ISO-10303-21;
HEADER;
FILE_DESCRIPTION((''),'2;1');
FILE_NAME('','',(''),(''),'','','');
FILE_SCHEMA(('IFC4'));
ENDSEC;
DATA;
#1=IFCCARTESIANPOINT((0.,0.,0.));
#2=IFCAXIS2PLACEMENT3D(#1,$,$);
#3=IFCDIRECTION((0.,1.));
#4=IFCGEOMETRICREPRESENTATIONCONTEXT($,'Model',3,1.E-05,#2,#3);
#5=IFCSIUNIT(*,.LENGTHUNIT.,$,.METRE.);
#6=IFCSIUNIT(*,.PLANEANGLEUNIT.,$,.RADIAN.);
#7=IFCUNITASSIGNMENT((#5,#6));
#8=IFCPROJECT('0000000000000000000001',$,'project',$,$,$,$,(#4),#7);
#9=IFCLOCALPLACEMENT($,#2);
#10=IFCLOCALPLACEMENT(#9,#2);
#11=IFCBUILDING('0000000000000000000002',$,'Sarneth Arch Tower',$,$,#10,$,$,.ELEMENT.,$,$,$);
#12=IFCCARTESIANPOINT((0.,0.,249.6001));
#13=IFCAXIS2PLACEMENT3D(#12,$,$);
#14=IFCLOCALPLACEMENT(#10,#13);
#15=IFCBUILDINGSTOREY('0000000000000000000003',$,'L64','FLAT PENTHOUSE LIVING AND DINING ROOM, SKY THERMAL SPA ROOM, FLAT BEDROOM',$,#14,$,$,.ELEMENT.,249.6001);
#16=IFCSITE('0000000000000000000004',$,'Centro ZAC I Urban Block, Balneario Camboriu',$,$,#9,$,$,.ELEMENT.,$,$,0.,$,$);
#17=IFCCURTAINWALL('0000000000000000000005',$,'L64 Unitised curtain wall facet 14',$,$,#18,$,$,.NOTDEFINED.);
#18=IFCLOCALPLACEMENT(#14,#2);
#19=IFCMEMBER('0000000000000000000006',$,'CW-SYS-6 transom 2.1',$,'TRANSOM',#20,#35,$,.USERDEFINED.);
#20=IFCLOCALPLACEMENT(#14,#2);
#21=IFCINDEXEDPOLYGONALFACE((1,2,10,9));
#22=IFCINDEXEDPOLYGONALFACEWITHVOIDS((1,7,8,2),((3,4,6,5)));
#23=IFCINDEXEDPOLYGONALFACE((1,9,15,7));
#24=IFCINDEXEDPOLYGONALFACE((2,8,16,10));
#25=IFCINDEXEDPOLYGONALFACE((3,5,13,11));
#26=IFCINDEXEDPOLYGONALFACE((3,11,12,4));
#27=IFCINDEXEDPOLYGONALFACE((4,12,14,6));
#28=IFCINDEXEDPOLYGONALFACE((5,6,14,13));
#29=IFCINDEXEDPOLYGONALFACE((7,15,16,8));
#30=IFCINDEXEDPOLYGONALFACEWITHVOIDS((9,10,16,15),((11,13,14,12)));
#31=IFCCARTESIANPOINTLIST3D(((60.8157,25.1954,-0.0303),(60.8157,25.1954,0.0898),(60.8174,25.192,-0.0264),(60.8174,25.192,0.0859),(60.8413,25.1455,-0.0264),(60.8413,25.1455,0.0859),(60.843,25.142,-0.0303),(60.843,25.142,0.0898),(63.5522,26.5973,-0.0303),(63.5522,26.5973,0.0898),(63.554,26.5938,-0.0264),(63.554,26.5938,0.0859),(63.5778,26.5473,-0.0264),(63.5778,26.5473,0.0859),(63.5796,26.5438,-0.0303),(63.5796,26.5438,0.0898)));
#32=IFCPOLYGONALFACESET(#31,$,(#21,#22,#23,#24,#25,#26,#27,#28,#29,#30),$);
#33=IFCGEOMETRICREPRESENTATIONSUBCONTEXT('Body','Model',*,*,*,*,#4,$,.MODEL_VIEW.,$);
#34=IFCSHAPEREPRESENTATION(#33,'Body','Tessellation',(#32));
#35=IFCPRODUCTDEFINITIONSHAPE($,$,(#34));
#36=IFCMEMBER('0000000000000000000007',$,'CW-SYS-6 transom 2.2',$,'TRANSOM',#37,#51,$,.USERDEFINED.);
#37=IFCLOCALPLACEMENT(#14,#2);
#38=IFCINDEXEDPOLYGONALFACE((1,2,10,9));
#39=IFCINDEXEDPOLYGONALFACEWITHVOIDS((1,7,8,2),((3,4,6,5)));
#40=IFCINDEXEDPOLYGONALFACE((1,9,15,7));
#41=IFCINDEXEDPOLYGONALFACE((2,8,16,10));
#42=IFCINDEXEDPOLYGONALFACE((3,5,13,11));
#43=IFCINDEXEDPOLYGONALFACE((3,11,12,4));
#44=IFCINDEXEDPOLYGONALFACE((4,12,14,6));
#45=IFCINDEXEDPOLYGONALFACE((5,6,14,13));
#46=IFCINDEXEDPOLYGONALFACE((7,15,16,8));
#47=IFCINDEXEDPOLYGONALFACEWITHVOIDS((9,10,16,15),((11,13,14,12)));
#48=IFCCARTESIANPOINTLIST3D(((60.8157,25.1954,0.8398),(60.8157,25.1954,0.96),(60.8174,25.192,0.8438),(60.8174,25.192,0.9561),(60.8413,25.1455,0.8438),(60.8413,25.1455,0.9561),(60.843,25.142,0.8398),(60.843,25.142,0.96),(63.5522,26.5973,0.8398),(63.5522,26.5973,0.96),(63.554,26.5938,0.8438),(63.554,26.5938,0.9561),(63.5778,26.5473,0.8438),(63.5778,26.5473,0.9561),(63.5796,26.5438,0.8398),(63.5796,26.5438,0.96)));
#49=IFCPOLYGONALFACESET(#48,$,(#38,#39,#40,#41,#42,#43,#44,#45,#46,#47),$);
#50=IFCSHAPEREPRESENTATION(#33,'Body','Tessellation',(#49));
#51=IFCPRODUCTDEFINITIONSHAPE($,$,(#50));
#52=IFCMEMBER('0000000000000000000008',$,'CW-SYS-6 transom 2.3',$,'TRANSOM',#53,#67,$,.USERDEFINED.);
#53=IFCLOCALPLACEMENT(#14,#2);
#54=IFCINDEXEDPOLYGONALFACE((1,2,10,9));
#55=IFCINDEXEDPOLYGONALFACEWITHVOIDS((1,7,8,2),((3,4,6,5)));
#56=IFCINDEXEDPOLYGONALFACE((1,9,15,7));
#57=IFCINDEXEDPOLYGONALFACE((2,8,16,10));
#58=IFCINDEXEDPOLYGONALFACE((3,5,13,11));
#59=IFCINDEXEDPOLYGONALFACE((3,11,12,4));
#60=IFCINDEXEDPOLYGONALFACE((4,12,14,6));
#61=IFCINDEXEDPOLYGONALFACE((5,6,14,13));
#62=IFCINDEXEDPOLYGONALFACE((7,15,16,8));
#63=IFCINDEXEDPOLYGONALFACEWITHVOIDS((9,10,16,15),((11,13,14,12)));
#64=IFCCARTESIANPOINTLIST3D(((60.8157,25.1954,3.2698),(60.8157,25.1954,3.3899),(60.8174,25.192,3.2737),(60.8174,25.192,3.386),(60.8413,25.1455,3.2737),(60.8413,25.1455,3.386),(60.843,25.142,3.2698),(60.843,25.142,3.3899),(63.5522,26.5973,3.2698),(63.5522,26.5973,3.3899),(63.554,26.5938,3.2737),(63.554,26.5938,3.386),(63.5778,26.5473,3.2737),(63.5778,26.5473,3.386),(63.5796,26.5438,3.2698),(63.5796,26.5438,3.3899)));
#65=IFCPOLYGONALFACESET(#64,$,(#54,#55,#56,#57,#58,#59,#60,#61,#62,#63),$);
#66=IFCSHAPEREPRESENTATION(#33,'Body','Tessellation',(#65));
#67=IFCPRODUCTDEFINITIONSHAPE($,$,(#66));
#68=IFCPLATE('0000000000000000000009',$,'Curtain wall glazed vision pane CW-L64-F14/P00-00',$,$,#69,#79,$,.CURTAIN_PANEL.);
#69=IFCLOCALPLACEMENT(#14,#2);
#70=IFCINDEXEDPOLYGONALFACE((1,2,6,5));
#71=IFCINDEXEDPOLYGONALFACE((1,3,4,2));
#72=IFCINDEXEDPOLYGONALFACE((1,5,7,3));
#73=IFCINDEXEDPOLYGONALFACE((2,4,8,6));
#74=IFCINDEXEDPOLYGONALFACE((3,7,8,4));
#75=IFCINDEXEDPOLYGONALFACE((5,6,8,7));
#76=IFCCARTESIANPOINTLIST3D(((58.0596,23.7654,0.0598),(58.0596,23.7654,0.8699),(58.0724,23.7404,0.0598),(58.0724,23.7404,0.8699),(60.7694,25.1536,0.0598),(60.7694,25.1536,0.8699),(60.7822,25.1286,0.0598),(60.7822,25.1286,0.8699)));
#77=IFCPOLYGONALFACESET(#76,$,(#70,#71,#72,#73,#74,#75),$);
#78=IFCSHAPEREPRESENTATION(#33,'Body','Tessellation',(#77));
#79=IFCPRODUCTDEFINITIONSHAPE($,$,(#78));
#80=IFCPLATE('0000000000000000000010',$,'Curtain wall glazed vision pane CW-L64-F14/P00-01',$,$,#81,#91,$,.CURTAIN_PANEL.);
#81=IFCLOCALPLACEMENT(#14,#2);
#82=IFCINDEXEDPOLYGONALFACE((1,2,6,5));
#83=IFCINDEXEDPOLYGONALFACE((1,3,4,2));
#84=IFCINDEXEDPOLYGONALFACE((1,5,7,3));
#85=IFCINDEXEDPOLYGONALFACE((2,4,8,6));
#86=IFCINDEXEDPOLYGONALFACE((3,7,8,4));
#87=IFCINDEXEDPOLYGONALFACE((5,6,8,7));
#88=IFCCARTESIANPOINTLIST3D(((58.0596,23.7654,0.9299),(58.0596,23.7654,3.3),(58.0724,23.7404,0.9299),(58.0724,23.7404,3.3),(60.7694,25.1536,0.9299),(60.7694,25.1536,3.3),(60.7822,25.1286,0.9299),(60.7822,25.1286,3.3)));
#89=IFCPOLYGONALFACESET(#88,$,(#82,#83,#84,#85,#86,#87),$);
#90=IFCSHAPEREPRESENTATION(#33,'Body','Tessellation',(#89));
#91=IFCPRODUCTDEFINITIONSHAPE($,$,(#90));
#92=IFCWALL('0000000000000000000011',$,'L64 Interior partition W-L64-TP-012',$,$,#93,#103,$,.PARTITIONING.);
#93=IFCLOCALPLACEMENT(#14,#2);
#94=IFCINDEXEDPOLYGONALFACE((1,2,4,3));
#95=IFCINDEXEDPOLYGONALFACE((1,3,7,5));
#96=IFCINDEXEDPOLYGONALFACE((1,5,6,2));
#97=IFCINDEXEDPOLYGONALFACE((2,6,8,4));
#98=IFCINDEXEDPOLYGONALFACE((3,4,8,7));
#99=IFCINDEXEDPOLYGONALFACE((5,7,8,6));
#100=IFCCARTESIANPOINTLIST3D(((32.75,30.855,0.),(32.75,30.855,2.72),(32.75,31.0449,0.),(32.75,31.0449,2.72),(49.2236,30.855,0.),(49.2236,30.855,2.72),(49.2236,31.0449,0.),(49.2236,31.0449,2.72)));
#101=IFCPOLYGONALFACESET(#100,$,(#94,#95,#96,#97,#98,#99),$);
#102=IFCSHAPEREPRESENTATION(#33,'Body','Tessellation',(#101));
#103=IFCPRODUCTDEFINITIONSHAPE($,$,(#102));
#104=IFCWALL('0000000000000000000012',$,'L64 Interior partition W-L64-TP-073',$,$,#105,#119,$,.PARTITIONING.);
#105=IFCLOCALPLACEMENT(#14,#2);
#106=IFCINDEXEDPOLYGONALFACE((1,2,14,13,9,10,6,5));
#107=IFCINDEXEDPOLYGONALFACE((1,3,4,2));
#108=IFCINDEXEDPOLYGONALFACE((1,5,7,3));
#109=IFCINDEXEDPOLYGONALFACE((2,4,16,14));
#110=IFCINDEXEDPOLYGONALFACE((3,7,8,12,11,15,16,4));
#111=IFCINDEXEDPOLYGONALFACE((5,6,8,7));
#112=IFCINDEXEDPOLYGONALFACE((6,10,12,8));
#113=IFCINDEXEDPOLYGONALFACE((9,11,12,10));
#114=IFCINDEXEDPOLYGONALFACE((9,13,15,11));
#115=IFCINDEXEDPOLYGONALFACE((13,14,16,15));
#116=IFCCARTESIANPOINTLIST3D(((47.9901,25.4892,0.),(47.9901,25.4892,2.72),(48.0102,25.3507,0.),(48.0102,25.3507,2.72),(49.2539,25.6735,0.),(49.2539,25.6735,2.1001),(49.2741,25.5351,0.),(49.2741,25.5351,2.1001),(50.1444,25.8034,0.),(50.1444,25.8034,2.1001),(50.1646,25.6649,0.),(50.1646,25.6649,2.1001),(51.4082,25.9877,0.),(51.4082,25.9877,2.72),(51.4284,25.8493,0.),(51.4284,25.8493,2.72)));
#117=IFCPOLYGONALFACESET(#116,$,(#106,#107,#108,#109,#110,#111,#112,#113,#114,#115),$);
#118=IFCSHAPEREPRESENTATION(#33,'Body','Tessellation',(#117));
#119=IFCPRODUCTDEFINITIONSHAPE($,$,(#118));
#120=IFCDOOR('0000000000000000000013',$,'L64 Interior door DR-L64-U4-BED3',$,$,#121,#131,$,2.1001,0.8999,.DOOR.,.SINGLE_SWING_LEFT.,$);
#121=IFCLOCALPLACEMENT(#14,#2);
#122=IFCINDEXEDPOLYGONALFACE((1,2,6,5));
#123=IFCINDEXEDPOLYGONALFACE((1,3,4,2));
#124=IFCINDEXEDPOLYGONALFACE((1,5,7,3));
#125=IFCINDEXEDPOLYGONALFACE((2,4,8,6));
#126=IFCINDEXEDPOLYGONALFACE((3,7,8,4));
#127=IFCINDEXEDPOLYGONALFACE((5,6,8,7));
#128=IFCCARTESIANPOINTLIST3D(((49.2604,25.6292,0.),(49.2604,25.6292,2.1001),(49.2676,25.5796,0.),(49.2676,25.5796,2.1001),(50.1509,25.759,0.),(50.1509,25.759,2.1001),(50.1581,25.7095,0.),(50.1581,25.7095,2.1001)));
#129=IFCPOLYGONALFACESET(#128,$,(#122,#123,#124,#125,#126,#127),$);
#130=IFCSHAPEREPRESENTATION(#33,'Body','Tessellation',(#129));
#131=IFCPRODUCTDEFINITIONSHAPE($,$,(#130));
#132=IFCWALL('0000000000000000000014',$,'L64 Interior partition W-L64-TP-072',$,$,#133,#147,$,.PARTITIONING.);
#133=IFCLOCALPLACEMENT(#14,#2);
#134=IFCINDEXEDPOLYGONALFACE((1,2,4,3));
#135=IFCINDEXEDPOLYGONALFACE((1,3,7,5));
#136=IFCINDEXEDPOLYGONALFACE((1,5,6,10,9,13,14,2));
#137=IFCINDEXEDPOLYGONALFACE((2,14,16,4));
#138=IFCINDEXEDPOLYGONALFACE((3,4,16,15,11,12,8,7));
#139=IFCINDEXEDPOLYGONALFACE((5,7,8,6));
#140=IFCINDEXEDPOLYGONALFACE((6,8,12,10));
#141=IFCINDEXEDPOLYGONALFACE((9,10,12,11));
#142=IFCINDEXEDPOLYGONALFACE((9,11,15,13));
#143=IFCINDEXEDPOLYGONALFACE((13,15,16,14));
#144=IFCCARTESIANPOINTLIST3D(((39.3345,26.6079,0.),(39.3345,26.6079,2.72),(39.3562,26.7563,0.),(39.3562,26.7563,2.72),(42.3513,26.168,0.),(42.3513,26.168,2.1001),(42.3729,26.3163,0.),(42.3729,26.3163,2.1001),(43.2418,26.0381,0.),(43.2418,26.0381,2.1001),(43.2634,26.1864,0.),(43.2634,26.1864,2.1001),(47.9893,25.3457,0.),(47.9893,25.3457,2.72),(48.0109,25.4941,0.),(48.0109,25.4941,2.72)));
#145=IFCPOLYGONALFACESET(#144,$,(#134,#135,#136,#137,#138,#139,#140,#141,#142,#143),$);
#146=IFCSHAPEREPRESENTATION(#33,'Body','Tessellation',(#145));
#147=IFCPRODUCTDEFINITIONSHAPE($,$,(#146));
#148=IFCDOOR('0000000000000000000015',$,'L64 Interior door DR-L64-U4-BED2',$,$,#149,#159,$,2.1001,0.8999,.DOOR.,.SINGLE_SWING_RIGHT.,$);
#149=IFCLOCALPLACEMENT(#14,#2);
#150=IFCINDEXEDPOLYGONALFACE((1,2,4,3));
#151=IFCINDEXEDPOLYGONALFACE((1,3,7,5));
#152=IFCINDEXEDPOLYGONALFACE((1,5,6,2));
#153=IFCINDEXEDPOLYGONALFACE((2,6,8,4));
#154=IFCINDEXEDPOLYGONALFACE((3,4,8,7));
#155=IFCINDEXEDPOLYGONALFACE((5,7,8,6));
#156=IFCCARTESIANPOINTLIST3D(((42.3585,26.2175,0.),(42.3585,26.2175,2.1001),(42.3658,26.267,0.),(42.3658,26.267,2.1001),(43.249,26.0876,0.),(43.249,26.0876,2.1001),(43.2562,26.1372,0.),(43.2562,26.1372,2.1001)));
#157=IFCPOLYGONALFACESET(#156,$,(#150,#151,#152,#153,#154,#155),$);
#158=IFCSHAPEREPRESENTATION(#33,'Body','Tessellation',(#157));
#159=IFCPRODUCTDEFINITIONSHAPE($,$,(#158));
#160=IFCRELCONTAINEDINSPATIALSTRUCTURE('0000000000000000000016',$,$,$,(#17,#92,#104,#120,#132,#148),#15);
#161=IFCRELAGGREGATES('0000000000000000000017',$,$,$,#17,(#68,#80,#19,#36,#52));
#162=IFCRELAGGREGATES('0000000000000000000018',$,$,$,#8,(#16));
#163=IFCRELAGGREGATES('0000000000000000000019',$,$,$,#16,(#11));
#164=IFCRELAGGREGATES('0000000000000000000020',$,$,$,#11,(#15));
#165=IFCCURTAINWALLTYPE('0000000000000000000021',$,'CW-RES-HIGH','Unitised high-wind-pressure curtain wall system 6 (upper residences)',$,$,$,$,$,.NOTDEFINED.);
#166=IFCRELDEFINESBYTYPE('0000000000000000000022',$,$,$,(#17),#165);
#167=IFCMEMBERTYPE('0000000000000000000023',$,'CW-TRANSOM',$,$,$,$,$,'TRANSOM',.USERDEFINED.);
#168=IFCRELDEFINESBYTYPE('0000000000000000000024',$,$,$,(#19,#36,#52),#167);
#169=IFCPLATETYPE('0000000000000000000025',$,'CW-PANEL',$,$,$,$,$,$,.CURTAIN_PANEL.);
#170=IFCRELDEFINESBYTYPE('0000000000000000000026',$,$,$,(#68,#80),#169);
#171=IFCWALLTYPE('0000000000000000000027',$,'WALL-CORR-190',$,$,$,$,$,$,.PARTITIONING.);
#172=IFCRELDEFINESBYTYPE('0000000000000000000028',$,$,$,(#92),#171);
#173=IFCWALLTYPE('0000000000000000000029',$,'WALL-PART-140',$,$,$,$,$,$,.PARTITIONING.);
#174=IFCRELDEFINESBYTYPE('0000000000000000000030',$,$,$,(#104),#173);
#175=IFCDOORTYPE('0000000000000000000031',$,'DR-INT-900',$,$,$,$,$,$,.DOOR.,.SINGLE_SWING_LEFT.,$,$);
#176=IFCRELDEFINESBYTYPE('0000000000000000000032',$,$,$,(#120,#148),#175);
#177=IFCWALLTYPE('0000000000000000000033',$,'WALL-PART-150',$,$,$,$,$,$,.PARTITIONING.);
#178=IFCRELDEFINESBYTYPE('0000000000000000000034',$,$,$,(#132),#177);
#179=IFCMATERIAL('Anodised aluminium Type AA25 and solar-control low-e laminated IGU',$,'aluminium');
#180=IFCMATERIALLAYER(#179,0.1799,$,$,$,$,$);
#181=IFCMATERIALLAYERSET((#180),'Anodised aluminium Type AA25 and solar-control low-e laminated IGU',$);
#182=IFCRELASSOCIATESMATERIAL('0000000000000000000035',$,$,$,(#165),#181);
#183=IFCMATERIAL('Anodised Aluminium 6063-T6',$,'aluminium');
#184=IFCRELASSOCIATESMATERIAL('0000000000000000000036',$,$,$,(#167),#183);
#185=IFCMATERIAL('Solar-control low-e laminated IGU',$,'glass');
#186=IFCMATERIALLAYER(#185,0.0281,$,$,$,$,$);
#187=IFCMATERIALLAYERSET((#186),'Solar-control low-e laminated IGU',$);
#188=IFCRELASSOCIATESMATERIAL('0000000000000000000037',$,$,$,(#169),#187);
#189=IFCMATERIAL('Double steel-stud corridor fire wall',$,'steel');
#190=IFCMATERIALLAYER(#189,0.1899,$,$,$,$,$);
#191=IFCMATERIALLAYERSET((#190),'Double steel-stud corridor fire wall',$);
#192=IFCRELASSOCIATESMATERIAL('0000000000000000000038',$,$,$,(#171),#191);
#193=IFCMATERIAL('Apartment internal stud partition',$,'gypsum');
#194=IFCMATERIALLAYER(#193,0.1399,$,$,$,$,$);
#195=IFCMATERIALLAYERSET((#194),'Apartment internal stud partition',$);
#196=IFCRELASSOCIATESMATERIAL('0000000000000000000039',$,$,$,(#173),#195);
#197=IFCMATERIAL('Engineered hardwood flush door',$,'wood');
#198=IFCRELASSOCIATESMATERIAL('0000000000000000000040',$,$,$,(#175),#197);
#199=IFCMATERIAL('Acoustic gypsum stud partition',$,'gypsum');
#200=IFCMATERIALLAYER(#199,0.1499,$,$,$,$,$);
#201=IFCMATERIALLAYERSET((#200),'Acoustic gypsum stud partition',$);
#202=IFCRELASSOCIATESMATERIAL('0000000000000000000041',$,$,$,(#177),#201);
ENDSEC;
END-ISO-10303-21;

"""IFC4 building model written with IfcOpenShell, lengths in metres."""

from ifc_helpers import new_model, si_unit, direction, frame, frame_2d, origin, origin_2d, place, context, subcontext, project, spatial, rectangle, hollow_rectangle, extrude, material, layer, layer_set, material_profile, profile_set, type_object, element, fill, aggregate, save


model = new_model("IFC4")

# Units and contexts
model_context = context("Model", 3, precision=1e-05, world=origin(), true_north=direction((0.0, 1.0)))
body_context = subcontext(model_context, "Body", "Model", "MODEL_VIEW")
ifc_project = project(units=[si_unit("LENGTHUNIT", "METRE"), si_unit("PLANEANGLEUNIT", "RADIAN")], contexts=[model_context])

# Site, building, storey
site_placement = place(None, origin())
site = spatial("IfcSite", under=ifc_project, at=site_placement, Name="Centro ZAC I Urban Block, Balneario Camboriu", CompositionType="ELEMENT", RefElevation=0.0)
building_placement = place(site_placement, origin())
building = spatial("IfcBuilding", under=site, at=building_placement, Name="Sarneth Arch Tower", CompositionType="ELEMENT")
storey_placement = place(building_placement, frame((0.0, 0.0, 249.6001)))
storey = spatial("IfcBuildingStorey", under=building, at=storey_placement, Name="L64", Description="FLAT PENTHOUSE LIVING AND DINING ROOM, SKY THERMAL SPA ROOM, FLAT BEDROOM", CompositionType="ELEMENT", Elevation=249.6001)

# Curtain wall, members, plates
ifc_material_1 = material(Name="Anodised aluminium Type AA25 and solar-control low-e laminated IGU", Category="aluminium")
ifc_layer_1 = layer(ifc_material_1, 0.1799)
ifc_layer_set_1 = layer_set([ifc_layer_1], Name="Anodised aluminium Type AA25 and solar-control low-e laminated IGU")
curtain_wall_type = type_object("IfcCurtainWallType", Name="CW-RES-HIGH", Description="Unitised high-wind-pressure curtain wall system 6 (upper residences)", PredefinedType="NOTDEFINED", material=ifc_layer_set_1)
curtain_wall_placement = place(storey_placement, origin())
curtain_wall = element("IfcCurtainWall", 1, at=curtain_wall_placement, inside=storey, type_object=curtain_wall_type, Name="L64 Unitised curtain wall facet 14", PredefinedType="NOTDEFINED")
ifc_material_2 = material(Name="Anodised Aluminium 6063-T6", Category="aluminium")
ifc_material_profile_1 = material_profile(ifc_material_2, hollow_rectangle(XDim=0.0601, YDim=0.1201, WallThickness=0.0039, at=origin_2d()), Name="AL-TRAN-120x60x4")
ifc_profile_set_1 = profile_set([ifc_material_profile_1], Name="Anodised Aluminium 6063-T6")
member_type_1 = type_object("IfcMemberType", Name="CW-TRANSOM", ElementType="TRANSOM", PredefinedType="USERDEFINED", material=ifc_profile_set_1)
member_1_placement = place(storey_placement, frame((60.8293, 25.1687, 0.0298), z_axis=(0.890017, 0.455926, 0.0), x_axis=(-0.455926, 0.890017, 0.0)))
member_1 = element("IfcMember", 2, at=member_1_placement, type_object=member_type_1, Name="CW-SYS-6 transom 2.1", ObjectType="TRANSOM", PredefinedType="USERDEFINED", context=body_context, shape_type="SweptSolid", body=[
    extrude(hollow_rectangle(XDim=0.0601, YDim=0.1201, WallThickness=0.0039, at=origin_2d()), origin(), (0.0, 0.0, 1.0), 3.0747),
])
member_2_placement = place(storey_placement, frame((60.8293, 25.1687, 0.8999), z_axis=(0.890017, 0.455926, 0.0), x_axis=(-0.455926, 0.890017, 0.0)))
member_2 = element("IfcMember", 3, at=member_2_placement, type_object=member_type_1, Name="CW-SYS-6 transom 2.2", ObjectType="TRANSOM", PredefinedType="USERDEFINED", context=body_context, shape_type="SweptSolid", body=[
    extrude(hollow_rectangle(XDim=0.0601, YDim=0.1201, WallThickness=0.0039, at=origin_2d()), origin(), (0.0, 0.0, 1.0), 3.0747),
])
member_3_placement = place(storey_placement, frame((60.8293, 25.1687, 3.3298), z_axis=(0.890017, 0.455926, 0.0), x_axis=(-0.455926, 0.890017, 0.0)))
member_3 = element("IfcMember", 4, at=member_3_placement, type_object=member_type_1, Name="CW-SYS-6 transom 2.3", ObjectType="TRANSOM", PredefinedType="USERDEFINED", context=body_context, shape_type="SweptSolid", body=[
    extrude(hollow_rectangle(XDim=0.0601, YDim=0.1201, WallThickness=0.0039, at=origin_2d()), origin(), (0.0, 0.0, 1.0), 3.0747),
])
ifc_material_3 = material(Name="Solar-control low-e laminated IGU", Category="glass")
ifc_layer_2 = layer(ifc_material_3, 0.0281)
ifc_layer_set_2 = layer_set([ifc_layer_2], Name="Solar-control low-e laminated IGU")
plate_type = type_object("IfcPlateType", Name="CW-PANEL", PredefinedType="CURTAIN_PANEL", material=ifc_layer_set_2)
plate_1_placement = place(storey_placement, frame((59.4209, 24.447, 0.0598), z_axis=(0.0, 0.0, 1.0), x_axis=(0.89001, 0.455942, 0.0)))
plate_1 = element("IfcPlate", 5, at=plate_1_placement, type_object=plate_type, Name="Curtain wall glazed vision pane CW-L64-F14/P00-00", PredefinedType="CURTAIN_PANEL", context=body_context, shape_type="SweptSolid", body=[
    extrude(rectangle(XDim=3.0447, YDim=0.0281, at=origin_2d()), origin(), (0.0, 0.0, 1.0), 0.8101),
])
plate_2_placement = place(storey_placement, frame((59.4209, 24.447, 0.9299), z_axis=(0.0, 0.0, 1.0), x_axis=(0.89001, 0.455942, 0.0)))
plate_2 = element("IfcPlate", 6, at=plate_2_placement, type_object=plate_type, Name="Curtain wall glazed vision pane CW-L64-F14/P00-01", PredefinedType="CURTAIN_PANEL", context=body_context, shape_type="SweptSolid", body=[
    extrude(rectangle(XDim=3.0447, YDim=0.0281, at=origin_2d()), origin(), (0.0, 0.0, 1.0), 2.3701),
])
aggregate(curtain_wall, [plate_1, plate_2, member_1, member_2, member_3])

# Wall
ifc_material_4 = material(Name="Double steel-stud corridor fire wall", Category="steel")
ifc_layer_3 = layer(ifc_material_4, 0.1899)
ifc_layer_set_3 = layer_set([ifc_layer_3], Name="Double steel-stud corridor fire wall")
wall_type_1 = type_object("IfcWallType", Name="WALL-CORR-190", PredefinedType="PARTITIONING", material=ifc_layer_set_3)
wall_1_placement = place(storey_placement, frame((49.2236, 30.95, 0.0), z_axis=(0.0, 0.0, 1.0), x_axis=(-1.0, 0.0, 0.0)))
element("IfcWall", 7, at=wall_1_placement, inside=storey, type_object=wall_type_1, Name="L64 Interior partition W-L64-TP-012", PredefinedType="PARTITIONING", context=body_context, shape_type="SweptSolid", body=[
    extrude(rectangle(XDim=16.4736, YDim=0.1899, at=frame_2d((8.2368, 0.0))), origin(), (0.0, 0.0, 1.0), 2.72),
])

# Walls, openings, doors
ifc_material_5 = material(Name="Apartment internal stud partition", Category="gypsum")
ifc_layer_4 = layer(ifc_material_5, 0.1399)
ifc_layer_set_4 = layer_set([ifc_layer_4], Name="Apartment internal stud partition")
wall_type_2 = type_object("IfcWallType", Name="WALL-PART-140", PredefinedType="PARTITIONING", material=ifc_layer_set_4)
wall_2_placement = place(storey_placement, frame((51.4182, 25.9185, 0.0), z_axis=(0.0, 0.0, 1.0), x_axis=(-0.989531, -0.14432, 0.0)))
wall_2 = element("IfcWall", 8, at=wall_2_placement, inside=storey, type_object=wall_type_2, Name="L64 Interior partition W-L64-TP-073", PredefinedType="PARTITIONING", context=body_context, shape_type="SweptSolid", body=[
    extrude(rectangle(XDim=3.4543, YDim=0.1399, at=frame_2d((1.7271, 0.0))), origin(), (0.0, 0.0, 1.0), 2.72),
])
opening_1_placement = place(wall_2_placement, frame((1.2771, 0.0, 0.0)))
opening_1 = element("IfcOpeningElement", 9, at=opening_1_placement, cuts=wall_2, PredefinedType="OPENING", context=body_context, shape_type="SweptSolid", body=[
    extrude(rectangle(XDim=0.8999, YDim=2.1001, at=frame_2d((0.45, 1.05))), frame((0.0, 0.0798, 0.0), z_axis=(0.0, -1.0, 0.0), x_axis=(1.0, 0.0, 0.0)), (0.0, 0.0, 1.0), 0.1599),
])
ifc_material_6 = material(Name="Engineered hardwood flush door", Category="wood")
door_type = type_object("IfcDoorType", Name="DR-INT-900", OperationType="SINGLE_SWING_LEFT", PredefinedType="DOOR", material=ifc_material_6)
door_1_placement = place(opening_1_placement, origin())
door_1 = element("IfcDoor", 10, at=door_1_placement, inside=storey, type_object=door_type, Name="L64 Interior door DR-L64-U4-BED3", OperationType="SINGLE_SWING_LEFT", OverallHeight=2.1001, OverallWidth=0.8999, PredefinedType="DOOR", context=body_context, shape_type="SweptSolid", body=[
    extrude(rectangle(XDim=0.8999, YDim=2.1001, at=frame_2d((0.45, 1.05))), frame((0.0, 0.0249, 0.0), z_axis=(0.0, -1.0, 0.0), x_axis=(1.0, 0.0, 0.0)), (0.0, 0.0, 1.0), 0.05),
])
fill(opening_1, door_1)
ifc_material_7 = material(Name="Acoustic gypsum stud partition", Category="gypsum")
ifc_layer_5 = layer(ifc_material_7, 0.1499)
ifc_layer_set_5 = layer_set([ifc_layer_5], Name="Acoustic gypsum stud partition")
wall_type_3 = type_object("IfcWallType", Name="WALL-PART-150", PredefinedType="PARTITIONING", material=ifc_layer_set_5)
wall_3_placement = place(storey_placement, frame((48.0, 25.4199, 0.0), z_axis=(0.0, 0.0, 1.0), x_axis=(-0.989532, 0.144313, 0.0)))
wall_3 = element("IfcWall", 11, at=wall_3_placement, inside=storey, type_object=wall_type_3, Name="L64 Interior partition W-L64-TP-072", PredefinedType="PARTITIONING", context=body_context, shape_type="SweptSolid", body=[
    extrude(rectangle(XDim=8.7463, YDim=0.1499, at=frame_2d((4.373, 0.0))), origin(), (0.0, 0.0, 1.0), 2.72),
])
opening_2_placement = place(wall_3_placement, frame((4.7976, 0.0, 0.0)))
opening_2 = element("IfcOpeningElement", 12, at=opening_2_placement, cuts=wall_3, PredefinedType="OPENING", context=body_context, shape_type="SweptSolid", body=[
    extrude(rectangle(XDim=0.8999, YDim=2.1001, at=frame_2d((0.45, 1.05))), frame((0.0, 0.085, 0.0), z_axis=(0.0, -1.0, 0.0), x_axis=(1.0, 0.0, 0.0)), (0.0, 0.0, 1.0), 0.1699),
])
door_2_placement = place(opening_2_placement, origin())
door_2 = element("IfcDoor", 13, at=door_2_placement, inside=storey, type_object=door_type, Name="L64 Interior door DR-L64-U4-BED2", OperationType="SINGLE_SWING_RIGHT", OverallHeight=2.1001, OverallWidth=0.8999, PredefinedType="DOOR", context=body_context, shape_type="SweptSolid", body=[
    extrude(rectangle(XDim=0.8999, YDim=2.1001, at=frame_2d((0.45, 1.05))), frame((0.0, 0.0249, 0.0), z_axis=(0.0, -1.0, 0.0), x_axis=(1.0, 0.0, 0.0)), (0.0, 0.0, 1.0), 0.05),
])
fill(opening_2, door_2)

save(model, "model.ifc")
